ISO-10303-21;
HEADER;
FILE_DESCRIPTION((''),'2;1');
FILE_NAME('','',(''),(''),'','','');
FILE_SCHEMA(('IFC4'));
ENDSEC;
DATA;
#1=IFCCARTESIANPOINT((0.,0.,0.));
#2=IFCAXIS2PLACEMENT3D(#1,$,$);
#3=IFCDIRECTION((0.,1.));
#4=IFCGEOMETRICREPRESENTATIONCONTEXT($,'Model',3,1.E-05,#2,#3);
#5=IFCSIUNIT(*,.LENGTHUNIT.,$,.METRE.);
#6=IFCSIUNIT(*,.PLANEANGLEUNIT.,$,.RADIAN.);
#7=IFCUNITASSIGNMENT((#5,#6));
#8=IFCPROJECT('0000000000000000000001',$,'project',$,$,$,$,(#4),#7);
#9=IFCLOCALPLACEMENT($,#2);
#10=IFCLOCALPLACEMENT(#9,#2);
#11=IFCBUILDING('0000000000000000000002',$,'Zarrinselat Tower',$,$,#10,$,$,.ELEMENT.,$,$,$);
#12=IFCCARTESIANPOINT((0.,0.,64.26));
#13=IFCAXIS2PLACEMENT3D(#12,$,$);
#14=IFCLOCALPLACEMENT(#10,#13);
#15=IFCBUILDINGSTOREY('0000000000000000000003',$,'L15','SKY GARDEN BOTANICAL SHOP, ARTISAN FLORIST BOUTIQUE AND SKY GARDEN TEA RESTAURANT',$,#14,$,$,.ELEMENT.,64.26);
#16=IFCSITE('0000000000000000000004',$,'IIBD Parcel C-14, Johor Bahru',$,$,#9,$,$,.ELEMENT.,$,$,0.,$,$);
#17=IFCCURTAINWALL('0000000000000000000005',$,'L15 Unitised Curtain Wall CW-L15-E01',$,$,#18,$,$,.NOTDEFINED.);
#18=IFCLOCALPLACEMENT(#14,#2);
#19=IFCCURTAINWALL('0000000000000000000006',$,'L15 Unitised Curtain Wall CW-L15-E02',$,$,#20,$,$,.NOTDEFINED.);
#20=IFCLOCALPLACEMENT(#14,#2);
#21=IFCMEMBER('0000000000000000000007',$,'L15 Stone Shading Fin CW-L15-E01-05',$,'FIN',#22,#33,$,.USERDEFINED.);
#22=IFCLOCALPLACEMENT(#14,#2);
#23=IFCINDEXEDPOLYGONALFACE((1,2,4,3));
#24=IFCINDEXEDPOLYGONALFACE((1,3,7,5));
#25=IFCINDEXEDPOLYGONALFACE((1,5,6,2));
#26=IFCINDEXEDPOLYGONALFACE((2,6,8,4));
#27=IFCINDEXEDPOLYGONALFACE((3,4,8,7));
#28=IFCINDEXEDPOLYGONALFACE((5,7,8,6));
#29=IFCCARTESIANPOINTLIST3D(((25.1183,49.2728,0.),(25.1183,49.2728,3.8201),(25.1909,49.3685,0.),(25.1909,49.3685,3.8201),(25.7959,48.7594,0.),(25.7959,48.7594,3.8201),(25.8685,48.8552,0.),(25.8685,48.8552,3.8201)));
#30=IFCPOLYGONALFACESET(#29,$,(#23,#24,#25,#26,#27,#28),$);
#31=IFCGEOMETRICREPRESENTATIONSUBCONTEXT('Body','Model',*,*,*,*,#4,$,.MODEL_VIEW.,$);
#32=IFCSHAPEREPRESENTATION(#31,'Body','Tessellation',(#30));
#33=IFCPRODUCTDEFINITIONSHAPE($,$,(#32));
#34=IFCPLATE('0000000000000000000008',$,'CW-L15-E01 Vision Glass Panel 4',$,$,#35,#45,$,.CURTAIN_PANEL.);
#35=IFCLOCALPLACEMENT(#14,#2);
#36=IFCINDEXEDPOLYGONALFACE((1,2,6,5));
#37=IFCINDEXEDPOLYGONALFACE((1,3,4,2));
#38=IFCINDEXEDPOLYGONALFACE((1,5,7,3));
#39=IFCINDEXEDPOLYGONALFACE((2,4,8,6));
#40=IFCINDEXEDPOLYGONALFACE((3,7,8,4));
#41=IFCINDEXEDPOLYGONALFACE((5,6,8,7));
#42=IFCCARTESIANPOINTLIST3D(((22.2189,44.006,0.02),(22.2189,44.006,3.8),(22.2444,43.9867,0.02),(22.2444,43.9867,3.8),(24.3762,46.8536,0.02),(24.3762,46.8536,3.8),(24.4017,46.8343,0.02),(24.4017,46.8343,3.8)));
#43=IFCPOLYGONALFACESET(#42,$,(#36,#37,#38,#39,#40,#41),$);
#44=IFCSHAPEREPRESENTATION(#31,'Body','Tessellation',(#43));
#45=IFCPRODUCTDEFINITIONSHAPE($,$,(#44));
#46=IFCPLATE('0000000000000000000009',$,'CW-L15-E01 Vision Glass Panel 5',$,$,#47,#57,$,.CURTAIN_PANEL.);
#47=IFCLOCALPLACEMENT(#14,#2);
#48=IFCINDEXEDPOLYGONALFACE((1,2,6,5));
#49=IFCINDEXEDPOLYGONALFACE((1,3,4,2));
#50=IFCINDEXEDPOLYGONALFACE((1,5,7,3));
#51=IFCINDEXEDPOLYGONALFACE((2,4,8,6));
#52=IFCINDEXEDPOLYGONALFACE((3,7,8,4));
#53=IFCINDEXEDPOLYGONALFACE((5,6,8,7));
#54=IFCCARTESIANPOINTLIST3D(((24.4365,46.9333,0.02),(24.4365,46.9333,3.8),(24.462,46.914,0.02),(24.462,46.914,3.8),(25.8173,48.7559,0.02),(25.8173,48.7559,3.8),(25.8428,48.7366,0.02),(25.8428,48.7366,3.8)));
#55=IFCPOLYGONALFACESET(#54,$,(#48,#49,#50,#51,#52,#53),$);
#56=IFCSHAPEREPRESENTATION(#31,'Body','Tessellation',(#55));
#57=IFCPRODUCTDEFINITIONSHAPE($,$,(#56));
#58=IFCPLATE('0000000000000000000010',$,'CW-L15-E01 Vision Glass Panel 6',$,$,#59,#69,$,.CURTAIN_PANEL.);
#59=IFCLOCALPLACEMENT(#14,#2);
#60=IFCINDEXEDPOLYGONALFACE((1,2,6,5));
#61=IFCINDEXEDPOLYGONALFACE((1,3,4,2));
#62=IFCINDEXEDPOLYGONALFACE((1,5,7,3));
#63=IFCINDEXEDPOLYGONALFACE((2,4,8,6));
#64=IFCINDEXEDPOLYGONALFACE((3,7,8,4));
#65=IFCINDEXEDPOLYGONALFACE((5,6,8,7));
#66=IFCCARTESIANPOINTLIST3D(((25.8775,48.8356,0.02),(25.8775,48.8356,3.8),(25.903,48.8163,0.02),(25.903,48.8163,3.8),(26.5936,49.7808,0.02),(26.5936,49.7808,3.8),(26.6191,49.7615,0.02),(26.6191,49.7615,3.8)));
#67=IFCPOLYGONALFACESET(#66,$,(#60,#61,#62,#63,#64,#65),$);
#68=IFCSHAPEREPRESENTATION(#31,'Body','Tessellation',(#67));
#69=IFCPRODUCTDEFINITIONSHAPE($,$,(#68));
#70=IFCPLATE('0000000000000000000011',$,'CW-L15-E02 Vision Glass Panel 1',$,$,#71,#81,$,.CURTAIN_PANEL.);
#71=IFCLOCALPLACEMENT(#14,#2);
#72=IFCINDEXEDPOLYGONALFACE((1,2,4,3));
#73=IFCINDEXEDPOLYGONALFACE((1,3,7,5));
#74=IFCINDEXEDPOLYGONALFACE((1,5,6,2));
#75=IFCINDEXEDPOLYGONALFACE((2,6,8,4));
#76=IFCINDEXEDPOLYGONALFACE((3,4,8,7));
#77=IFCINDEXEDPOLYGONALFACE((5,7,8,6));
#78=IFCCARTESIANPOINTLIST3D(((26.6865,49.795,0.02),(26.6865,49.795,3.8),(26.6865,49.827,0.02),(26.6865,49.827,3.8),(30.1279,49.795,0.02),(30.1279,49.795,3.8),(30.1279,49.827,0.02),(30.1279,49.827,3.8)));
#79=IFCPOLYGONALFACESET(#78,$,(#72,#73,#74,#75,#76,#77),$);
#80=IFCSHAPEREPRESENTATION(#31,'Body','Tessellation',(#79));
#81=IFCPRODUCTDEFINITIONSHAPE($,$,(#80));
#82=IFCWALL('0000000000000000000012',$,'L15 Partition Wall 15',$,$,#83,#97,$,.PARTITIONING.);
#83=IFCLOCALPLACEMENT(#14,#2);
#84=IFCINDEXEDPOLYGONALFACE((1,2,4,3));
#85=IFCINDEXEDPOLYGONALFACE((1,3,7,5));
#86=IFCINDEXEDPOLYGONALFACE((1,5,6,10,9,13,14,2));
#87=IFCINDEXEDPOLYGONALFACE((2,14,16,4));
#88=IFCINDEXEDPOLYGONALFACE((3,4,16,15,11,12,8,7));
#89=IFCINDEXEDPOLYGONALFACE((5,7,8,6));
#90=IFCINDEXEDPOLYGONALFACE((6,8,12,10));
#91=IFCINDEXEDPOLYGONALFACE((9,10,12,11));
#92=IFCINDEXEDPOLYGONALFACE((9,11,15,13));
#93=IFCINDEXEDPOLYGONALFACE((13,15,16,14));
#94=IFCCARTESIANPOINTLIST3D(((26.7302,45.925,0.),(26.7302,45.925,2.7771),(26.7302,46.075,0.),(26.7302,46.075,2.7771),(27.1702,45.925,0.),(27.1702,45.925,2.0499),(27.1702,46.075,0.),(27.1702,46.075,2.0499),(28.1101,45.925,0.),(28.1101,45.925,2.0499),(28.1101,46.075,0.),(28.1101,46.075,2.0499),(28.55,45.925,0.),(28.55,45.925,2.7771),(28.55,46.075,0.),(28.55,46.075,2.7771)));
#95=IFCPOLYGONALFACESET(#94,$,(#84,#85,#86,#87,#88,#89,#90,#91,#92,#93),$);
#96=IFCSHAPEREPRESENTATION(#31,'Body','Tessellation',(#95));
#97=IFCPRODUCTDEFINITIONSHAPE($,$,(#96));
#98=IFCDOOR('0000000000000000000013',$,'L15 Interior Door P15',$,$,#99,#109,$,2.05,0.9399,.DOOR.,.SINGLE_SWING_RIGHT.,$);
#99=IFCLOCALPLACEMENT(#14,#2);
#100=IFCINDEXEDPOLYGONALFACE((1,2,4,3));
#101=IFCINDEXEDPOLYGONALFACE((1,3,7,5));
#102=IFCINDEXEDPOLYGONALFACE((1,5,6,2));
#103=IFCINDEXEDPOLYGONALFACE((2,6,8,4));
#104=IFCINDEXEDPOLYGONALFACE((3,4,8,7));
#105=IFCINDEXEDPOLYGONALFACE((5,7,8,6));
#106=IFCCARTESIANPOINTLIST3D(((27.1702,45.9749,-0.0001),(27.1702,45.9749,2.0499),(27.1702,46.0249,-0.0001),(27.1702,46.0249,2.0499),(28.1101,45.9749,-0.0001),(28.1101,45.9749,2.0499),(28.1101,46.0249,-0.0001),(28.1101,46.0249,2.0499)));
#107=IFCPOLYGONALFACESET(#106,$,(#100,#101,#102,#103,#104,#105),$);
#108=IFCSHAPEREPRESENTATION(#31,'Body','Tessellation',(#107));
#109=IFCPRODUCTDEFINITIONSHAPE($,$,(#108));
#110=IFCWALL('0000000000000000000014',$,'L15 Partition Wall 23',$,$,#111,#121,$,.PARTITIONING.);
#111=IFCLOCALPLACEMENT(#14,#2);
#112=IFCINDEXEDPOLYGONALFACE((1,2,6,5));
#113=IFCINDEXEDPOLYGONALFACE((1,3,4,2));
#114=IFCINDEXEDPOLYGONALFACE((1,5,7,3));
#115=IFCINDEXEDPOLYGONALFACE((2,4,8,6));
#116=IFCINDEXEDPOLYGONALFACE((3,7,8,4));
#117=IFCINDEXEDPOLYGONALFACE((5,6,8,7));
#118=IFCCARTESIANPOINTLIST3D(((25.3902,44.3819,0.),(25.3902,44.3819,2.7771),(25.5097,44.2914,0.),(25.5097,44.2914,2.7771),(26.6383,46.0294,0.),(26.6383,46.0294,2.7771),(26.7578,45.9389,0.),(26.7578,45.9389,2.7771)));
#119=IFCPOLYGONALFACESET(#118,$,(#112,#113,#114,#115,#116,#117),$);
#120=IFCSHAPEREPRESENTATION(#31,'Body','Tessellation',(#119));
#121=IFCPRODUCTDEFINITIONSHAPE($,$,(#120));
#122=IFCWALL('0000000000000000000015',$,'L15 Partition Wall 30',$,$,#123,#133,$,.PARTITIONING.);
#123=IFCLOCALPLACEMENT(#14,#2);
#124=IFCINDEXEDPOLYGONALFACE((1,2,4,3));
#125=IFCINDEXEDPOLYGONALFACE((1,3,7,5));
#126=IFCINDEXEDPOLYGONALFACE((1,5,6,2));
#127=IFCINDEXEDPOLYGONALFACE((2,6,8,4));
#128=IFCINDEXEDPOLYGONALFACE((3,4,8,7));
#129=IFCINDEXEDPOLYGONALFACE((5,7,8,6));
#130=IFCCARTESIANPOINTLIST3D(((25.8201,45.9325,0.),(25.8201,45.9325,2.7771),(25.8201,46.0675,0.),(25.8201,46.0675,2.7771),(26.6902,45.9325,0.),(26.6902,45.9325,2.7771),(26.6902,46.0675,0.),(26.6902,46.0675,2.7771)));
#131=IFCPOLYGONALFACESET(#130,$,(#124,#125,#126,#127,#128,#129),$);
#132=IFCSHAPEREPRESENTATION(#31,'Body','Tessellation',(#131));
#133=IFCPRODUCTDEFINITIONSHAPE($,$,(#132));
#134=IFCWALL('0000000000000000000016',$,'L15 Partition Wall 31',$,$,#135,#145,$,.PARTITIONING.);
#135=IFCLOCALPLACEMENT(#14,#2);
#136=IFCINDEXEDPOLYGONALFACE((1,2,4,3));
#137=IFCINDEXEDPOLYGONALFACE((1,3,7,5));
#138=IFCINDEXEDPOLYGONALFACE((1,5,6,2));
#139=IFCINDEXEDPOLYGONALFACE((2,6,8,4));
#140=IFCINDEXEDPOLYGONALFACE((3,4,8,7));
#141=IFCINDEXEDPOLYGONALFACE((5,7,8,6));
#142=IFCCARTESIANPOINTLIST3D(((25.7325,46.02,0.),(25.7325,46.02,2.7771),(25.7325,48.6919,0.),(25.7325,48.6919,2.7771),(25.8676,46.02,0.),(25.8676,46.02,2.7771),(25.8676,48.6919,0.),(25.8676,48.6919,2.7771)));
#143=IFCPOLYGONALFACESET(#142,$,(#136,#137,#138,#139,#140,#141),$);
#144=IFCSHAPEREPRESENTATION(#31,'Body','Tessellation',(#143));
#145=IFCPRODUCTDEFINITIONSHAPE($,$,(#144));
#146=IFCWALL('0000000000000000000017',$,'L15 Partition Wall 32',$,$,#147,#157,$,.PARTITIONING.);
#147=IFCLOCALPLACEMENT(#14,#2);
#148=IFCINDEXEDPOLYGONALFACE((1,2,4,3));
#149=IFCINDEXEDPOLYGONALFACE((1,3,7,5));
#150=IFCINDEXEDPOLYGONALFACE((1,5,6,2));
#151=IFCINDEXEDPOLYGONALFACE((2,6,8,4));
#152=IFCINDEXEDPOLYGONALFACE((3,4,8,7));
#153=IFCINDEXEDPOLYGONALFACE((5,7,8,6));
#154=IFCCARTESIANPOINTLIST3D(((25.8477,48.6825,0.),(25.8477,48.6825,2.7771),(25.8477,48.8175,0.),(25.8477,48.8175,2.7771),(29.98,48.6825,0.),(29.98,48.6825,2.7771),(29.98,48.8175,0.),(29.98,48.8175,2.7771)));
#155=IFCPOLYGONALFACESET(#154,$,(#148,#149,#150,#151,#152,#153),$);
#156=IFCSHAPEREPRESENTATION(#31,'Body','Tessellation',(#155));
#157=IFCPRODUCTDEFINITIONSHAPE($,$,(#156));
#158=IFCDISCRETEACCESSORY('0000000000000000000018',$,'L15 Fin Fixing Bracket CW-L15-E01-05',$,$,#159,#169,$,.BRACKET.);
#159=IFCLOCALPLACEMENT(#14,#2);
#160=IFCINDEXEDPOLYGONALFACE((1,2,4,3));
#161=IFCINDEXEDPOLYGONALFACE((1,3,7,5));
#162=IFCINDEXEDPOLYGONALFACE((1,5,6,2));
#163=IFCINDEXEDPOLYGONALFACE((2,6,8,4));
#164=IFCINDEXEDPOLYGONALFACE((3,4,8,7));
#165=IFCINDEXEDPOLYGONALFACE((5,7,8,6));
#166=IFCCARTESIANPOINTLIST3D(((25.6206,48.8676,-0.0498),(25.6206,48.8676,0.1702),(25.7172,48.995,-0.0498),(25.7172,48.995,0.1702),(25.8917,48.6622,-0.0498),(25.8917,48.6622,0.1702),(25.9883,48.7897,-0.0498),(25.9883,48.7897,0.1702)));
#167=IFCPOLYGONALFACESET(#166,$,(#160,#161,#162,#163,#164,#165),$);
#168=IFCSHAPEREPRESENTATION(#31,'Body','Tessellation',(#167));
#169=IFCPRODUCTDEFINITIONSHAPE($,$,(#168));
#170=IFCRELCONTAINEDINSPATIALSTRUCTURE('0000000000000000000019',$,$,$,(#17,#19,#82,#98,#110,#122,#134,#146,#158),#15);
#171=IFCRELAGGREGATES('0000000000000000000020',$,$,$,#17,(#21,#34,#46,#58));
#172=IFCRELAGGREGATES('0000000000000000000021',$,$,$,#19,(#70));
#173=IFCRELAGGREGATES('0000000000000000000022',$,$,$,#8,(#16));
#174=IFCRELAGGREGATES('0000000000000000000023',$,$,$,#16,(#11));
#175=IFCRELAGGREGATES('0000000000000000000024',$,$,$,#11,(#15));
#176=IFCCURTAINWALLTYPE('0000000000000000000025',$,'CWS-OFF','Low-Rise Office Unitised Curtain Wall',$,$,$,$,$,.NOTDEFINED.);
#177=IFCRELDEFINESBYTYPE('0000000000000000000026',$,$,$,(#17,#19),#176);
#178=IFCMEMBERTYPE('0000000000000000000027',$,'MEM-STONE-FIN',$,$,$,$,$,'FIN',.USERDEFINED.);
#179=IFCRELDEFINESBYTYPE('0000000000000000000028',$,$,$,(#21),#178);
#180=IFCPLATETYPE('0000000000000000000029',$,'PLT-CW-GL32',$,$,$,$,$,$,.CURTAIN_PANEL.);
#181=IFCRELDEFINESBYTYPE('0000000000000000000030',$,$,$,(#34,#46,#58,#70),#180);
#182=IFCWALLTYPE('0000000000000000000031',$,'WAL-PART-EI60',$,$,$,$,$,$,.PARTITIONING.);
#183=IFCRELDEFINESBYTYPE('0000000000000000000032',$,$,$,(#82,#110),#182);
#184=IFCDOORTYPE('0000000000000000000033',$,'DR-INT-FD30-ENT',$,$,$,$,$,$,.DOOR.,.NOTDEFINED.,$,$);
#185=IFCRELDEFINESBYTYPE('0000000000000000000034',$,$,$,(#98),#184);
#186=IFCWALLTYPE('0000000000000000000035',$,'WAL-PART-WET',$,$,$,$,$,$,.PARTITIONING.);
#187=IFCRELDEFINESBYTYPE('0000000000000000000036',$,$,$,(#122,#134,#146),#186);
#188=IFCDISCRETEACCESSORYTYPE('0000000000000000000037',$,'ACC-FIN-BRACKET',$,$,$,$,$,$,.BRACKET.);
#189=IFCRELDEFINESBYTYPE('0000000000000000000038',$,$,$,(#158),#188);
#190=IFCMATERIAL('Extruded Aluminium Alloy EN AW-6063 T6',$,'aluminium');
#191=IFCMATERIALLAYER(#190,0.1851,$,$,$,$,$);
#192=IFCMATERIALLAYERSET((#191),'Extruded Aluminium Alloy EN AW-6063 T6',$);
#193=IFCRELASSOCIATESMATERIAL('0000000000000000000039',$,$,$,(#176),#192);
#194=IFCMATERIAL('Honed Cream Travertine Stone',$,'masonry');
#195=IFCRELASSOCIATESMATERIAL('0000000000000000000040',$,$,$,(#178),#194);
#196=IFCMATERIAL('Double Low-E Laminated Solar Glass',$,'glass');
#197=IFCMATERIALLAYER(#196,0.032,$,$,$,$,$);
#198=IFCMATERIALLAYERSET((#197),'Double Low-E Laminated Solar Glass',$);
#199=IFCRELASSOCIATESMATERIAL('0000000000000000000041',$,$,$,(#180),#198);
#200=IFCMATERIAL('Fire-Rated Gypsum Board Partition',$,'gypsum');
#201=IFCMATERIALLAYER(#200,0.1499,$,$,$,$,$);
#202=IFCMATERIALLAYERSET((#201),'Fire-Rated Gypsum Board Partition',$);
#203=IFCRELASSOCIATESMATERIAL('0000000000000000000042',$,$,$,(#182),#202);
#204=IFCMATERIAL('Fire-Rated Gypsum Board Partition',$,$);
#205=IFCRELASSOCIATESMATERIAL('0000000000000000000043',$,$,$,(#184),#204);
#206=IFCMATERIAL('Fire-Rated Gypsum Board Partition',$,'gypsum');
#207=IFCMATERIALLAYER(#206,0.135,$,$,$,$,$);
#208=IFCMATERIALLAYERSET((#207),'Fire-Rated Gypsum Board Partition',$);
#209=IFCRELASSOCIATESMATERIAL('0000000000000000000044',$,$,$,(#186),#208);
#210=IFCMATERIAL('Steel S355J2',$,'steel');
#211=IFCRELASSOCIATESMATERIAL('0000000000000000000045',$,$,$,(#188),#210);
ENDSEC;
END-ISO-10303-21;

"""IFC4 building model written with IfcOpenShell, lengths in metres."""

from ifc_helpers import new_model, si_unit, direction, frame, frame_2d, origin, origin_2d, place, context, subcontext, project, spatial, rectangle, extrude, material, layer, layer_set, material_profile, profile_set, type_object, element, fill, aggregate, save


model = new_model("IFC4")

# Units and contexts
model_context = context("Model", 3, precision=1e-05, world=origin(), true_north=direction((0.0, 1.0)))
body_context = subcontext(model_context, "Body", "Model", "MODEL_VIEW")
ifc_project = project(units=[si_unit("LENGTHUNIT", "METRE"), si_unit("PLANEANGLEUNIT", "RADIAN")], contexts=[model_context])

# Site, building, storey
site_placement = place(None, origin())
site = spatial("IfcSite", under=ifc_project, at=site_placement, Name="IIBD Parcel C-14, Johor Bahru", CompositionType="ELEMENT", RefElevation=0.0)
building_placement = place(site_placement, origin())
building = spatial("IfcBuilding", under=site, at=building_placement, Name="Zarrinselat Tower", CompositionType="ELEMENT")
storey_placement = place(building_placement, frame((0.0, 0.0, 64.26)))
storey = spatial("IfcBuildingStorey", under=building, at=storey_placement, Name="L15", Description="SKY GARDEN BOTANICAL SHOP, ARTISAN FLORIST BOUTIQUE AND SKY GARDEN TEA RESTAURANT", CompositionType="ELEMENT", Elevation=64.26)

# Curtain wall
ifc_material_1 = material(Name="Extruded Aluminium Alloy EN AW-6063 T6", Category="aluminium")
ifc_layer_1 = layer(ifc_material_1, 0.1851)
ifc_layer_set_1 = layer_set([ifc_layer_1], Name="Extruded Aluminium Alloy EN AW-6063 T6")
curtain_wall_type = type_object("IfcCurtainWallType", Name="CWS-OFF", Description="Low-Rise Office Unitised Curtain Wall", PredefinedType="NOTDEFINED", material=ifc_layer_set_1)
curtain_wall_1_placement = place(storey_placement, origin())
curtain_wall_1 = element("IfcCurtainWall", 1, at=curtain_wall_1_placement, inside=storey, type_object=curtain_wall_type, Name="L15 Unitised Curtain Wall CW-L15-E01", PredefinedType="NOTDEFINED")

# Curtain wall
curtain_wall_2_placement = place(storey_placement, origin())
curtain_wall_2 = element("IfcCurtainWall", 2, at=curtain_wall_2_placement, inside=storey, type_object=curtain_wall_type, Name="L15 Unitised Curtain Wall CW-L15-E02", PredefinedType="NOTDEFINED")

# Member
ifc_material_2 = material(Name="Honed Cream Travertine Stone", Category="masonry")
ifc_material_profile_1 = material_profile(ifc_material_2, rectangle(XDim=0.1201, YDim=0.8501, at=origin_2d()), Name="FIN 850x120")
ifc_profile_set_1 = profile_set([ifc_material_profile_1], Name="Honed Cream Travertine Stone")
member_type_1 = type_object("IfcMemberType", Name="MEM-STONE-FIN", ElementType="FIN", PredefinedType="USERDEFINED", material=ifc_profile_set_1)
member_1_placement = place(storey_placement, frame((25.4934, 49.064, 0.0), z_axis=(0.0, 0.0, 1.0), x_axis=(0.603857, 0.797093, 0.0)))
member_1 = element("IfcMember", 3, at=member_1_placement, type_object=member_type_1, Name="L15 Stone Shading Fin CW-L15-E01-05", ObjectType="FIN", PredefinedType="USERDEFINED", context=body_context, shape_type="SweptSolid", body=[
    extrude(rectangle(XDim=0.1201, YDim=0.8501, at=origin_2d()), origin(), (0.0, 0.0, 1.0), 3.8201),
])

# Plates
ifc_material_3 = material(Name="Double Low-E Laminated Solar Glass", Category="glass")
ifc_layer_2 = layer(ifc_material_3, 0.032)
ifc_layer_set_2 = layer_set([ifc_layer_2], Name="Double Low-E Laminated Solar Glass")
plate_type = type_object("IfcPlateType", Name="PLT-CW-GL32", PredefinedType="CURTAIN_PANEL", material=ifc_layer_set_2)
plate_1_placement = place(storey_placement, frame((23.3103, 45.4202, 0.02), z_axis=(0.0, 0.0, 1.0), x_axis=(0.603857, 0.797093, 0.0)))
plate_1 = element("IfcPlate", 4, at=plate_1_placement, type_object=plate_type, Name="CW-L15-E01 Vision Glass Panel 4", PredefinedType="CURTAIN_PANEL", context=body_context, shape_type="SweptSolid", body=[
    extrude(rectangle(XDim=3.5725, YDim=0.032, at=origin_2d()), origin(), (0.0, 0.0, 1.0), 3.78),
])
plate_2_placement = place(storey_placement, frame((25.1396, 47.835, 0.02), z_axis=(0.0, 0.0, 1.0), x_axis=(0.603857, 0.797093, 0.0)))
plate_2 = element("IfcPlate", 5, at=plate_2_placement, type_object=plate_type, Name="CW-L15-E01 Vision Glass Panel 5", PredefinedType="CURTAIN_PANEL", context=body_context, shape_type="SweptSolid", body=[
    extrude(rectangle(XDim=2.2866, YDim=0.032, at=origin_2d()), origin(), (0.0, 0.0, 1.0), 3.78),
])
plate_3_placement = place(storey_placement, frame((26.2483, 49.2986, 0.02), z_axis=(0.0, 0.0, 1.0), x_axis=(0.603857, 0.797093, 0.0)))
plate_3 = element("IfcPlate", 6, at=plate_3_placement, type_object=plate_type, Name="CW-L15-E01 Vision Glass Panel 6", PredefinedType="CURTAIN_PANEL", context=body_context, shape_type="SweptSolid", body=[
    extrude(rectangle(XDim=1.1858, YDim=0.032, at=origin_2d()), origin(), (0.0, 0.0, 1.0), 3.78),
])
aggregate(curtain_wall_1, [member_1, plate_1, plate_2, plate_3])
plate_4_placement = place(storey_placement, frame((28.4072, 49.811, 0.02), z_axis=(0.0, 0.0, 1.0), x_axis=(1.0, 0.0, 0.0)))
plate_4 = element("IfcPlate", 7, at=plate_4_placement, type_object=plate_type, Name="CW-L15-E02 Vision Glass Panel 1", PredefinedType="CURTAIN_PANEL", context=body_context, shape_type="SweptSolid", body=[
    extrude(rectangle(XDim=3.4414, YDim=0.032, at=origin_2d()), origin(), (0.0, 0.0, 1.0), 3.78),
])
aggregate(curtain_wall_2, [plate_4])

# Wall, opening, door
ifc_material_4 = material(Name="Fire-Rated Gypsum Board Partition", Category="gypsum")
ifc_layer_3 = layer(ifc_material_4, 0.1499)
ifc_layer_set_3 = layer_set([ifc_layer_3], Name="Fire-Rated Gypsum Board Partition")
wall_type_1 = type_object("IfcWallType", Name="WAL-PART-EI60", PredefinedType="PARTITIONING", material=ifc_layer_set_3)
wall_1_placement = place(storey_placement, frame((26.7302, 46.0, 0.0), z_axis=(0.0, 0.0, 1.0), x_axis=(1.0, 0.0, 0.0)))
wall_1 = element("IfcWall", 8, at=wall_1_placement, inside=storey, type_object=wall_type_1, Name="L15 Partition Wall 15", PredefinedType="PARTITIONING", context=body_context, shape_type="SweptSolid", body=[
    extrude(rectangle(XDim=1.8198, YDim=0.1499, at=frame_2d((0.9099, 0.0))), origin(), (0.0, 0.0, 1.0), 2.7771),
])
opening_placement = place(wall_1_placement, frame((0.4399, 0.0, 0.0)))
opening = element("IfcOpeningElement", 9, at=opening_placement, cuts=wall_1, PredefinedType="OPENING", context=body_context, shape_type="SweptSolid", body=[
    extrude(rectangle(XDim=0.9399, YDim=2.05, at=frame_2d((0.47, 1.0249))), frame((0.0, 0.085, 0.0), z_axis=(0.0, -1.0, 0.0), x_axis=(1.0, 0.0, 0.0)), (0.0, 0.0, 1.0), 0.1699),
])
ifc_material_5 = material(Name="Fire-Rated Gypsum Board Partition")
door_type = type_object("IfcDoorType", Name="DR-INT-FD30-ENT", OperationType="NOTDEFINED", PredefinedType="DOOR", material=ifc_material_5)
door_placement = place(opening_placement, origin())
door = element("IfcDoor", 10, at=door_placement, inside=storey, type_object=door_type, Name="L15 Interior Door P15", OperationType="SINGLE_SWING_RIGHT", OverallHeight=2.05, OverallWidth=0.9399, PredefinedType="DOOR", context=body_context, shape_type="SweptSolid", body=[
    extrude(rectangle(XDim=0.9399, YDim=2.05, at=frame_2d((0.47, 1.0249))), frame((0.0, 0.0249, 0.0), z_axis=(0.0, -1.0, 0.0), x_axis=(1.0, 0.0, 0.0)), (0.0, 0.0, 1.0), 0.05),
])
fill(opening, door)

# Walls
wall_2_placement = place(storey_placement, frame((25.45, 44.3367, 0.0), z_axis=(0.0, 0.0, 1.0), x_axis=(0.603849, 0.797099, 0.0)))
element("IfcWall", 11, at=wall_2_placement, inside=storey, type_object=wall_type_1, Name="L15 Partition Wall 23", PredefinedType="PARTITIONING", context=body_context, shape_type="SweptSolid", body=[
    extrude(rectangle(XDim=2.0669, YDim=0.1499, at=frame_2d((1.0334, 0.0))), origin(), (0.0, 0.0, 1.0), 2.7771),
])
ifc_material_6 = material(Name="Fire-Rated Gypsum Board Partition", Category="gypsum")
ifc_layer_4 = layer(ifc_material_6, 0.135)
ifc_layer_set_4 = layer_set([ifc_layer_4], Name="Fire-Rated Gypsum Board Partition")
wall_type_2 = type_object("IfcWallType", Name="WAL-PART-WET", PredefinedType="PARTITIONING", material=ifc_layer_set_4)
wall_3_placement = place(storey_placement, frame((25.8201, 46.0, 0.0), z_axis=(0.0, 0.0, 1.0), x_axis=(1.0, 0.0, 0.0)))
element("IfcWall", 12, at=wall_3_placement, inside=storey, type_object=wall_type_2, Name="L15 Partition Wall 30", PredefinedType="PARTITIONING", context=body_context, shape_type="SweptSolid", body=[
    extrude(rectangle(XDim=0.8701, YDim=0.135, at=frame_2d((0.4351, 0.0))), origin(), (0.0, 0.0, 1.0), 2.7771),
])
wall_4_placement = place(storey_placement, frame((25.8, 46.02, 0.0), z_axis=(0.0, 0.0, 1.0), x_axis=(0.0, 1.0, 0.0)))
element("IfcWall", 13, at=wall_4_placement, inside=storey, type_object=wall_type_2, Name="L15 Partition Wall 31", PredefinedType="PARTITIONING", context=body_context, shape_type="SweptSolid", body=[
    extrude(rectangle(XDim=2.6719, YDim=0.135, at=frame_2d((1.3359, 0.0))), origin(), (0.0, 0.0, 1.0), 2.7771),
])
wall_5_placement = place(storey_placement, frame((25.8477, 48.75, 0.0), z_axis=(0.0, 0.0, 1.0), x_axis=(1.0, 0.0, 0.0)))
element("IfcWall", 14, at=wall_5_placement, inside=storey, type_object=wall_type_2, Name="L15 Partition Wall 32", PredefinedType="PARTITIONING", context=body_context, shape_type="SweptSolid", body=[
    extrude(rectangle(XDim=4.1323, YDim=0.135, at=frame_2d((2.0662, 0.0))), origin(), (0.0, 0.0, 1.0), 2.7771),
])

# Discrete accessory
ifc_material_7 = material(Name="Steel S355J2", Category="steel")
discrete_accessory_type = type_object("IfcDiscreteAccessoryType", Name="ACC-FIN-BRACKET", PredefinedType="BRACKET", material=ifc_material_7)
discrete_accessory_placement = place(storey_placement, frame((25.8044, 48.8286, -0.0498), z_axis=(0.0, 0.0, 1.0), x_axis=(-0.797093, 0.603857, 0.0)))
element("IfcDiscreteAccessory", 15, at=discrete_accessory_placement, inside=storey, type_object=discrete_accessory_type, Name="L15 Fin Fixing Bracket CW-L15-E01-05", PredefinedType="BRACKET", context=body_context, shape_type="SweptSolid", body=[
    extrude(rectangle(XDim=0.3401, YDim=0.1599, at=origin_2d()), origin(), (0.0, 0.0, 1.0), 0.22),
])

save(model, "model.ifc")
